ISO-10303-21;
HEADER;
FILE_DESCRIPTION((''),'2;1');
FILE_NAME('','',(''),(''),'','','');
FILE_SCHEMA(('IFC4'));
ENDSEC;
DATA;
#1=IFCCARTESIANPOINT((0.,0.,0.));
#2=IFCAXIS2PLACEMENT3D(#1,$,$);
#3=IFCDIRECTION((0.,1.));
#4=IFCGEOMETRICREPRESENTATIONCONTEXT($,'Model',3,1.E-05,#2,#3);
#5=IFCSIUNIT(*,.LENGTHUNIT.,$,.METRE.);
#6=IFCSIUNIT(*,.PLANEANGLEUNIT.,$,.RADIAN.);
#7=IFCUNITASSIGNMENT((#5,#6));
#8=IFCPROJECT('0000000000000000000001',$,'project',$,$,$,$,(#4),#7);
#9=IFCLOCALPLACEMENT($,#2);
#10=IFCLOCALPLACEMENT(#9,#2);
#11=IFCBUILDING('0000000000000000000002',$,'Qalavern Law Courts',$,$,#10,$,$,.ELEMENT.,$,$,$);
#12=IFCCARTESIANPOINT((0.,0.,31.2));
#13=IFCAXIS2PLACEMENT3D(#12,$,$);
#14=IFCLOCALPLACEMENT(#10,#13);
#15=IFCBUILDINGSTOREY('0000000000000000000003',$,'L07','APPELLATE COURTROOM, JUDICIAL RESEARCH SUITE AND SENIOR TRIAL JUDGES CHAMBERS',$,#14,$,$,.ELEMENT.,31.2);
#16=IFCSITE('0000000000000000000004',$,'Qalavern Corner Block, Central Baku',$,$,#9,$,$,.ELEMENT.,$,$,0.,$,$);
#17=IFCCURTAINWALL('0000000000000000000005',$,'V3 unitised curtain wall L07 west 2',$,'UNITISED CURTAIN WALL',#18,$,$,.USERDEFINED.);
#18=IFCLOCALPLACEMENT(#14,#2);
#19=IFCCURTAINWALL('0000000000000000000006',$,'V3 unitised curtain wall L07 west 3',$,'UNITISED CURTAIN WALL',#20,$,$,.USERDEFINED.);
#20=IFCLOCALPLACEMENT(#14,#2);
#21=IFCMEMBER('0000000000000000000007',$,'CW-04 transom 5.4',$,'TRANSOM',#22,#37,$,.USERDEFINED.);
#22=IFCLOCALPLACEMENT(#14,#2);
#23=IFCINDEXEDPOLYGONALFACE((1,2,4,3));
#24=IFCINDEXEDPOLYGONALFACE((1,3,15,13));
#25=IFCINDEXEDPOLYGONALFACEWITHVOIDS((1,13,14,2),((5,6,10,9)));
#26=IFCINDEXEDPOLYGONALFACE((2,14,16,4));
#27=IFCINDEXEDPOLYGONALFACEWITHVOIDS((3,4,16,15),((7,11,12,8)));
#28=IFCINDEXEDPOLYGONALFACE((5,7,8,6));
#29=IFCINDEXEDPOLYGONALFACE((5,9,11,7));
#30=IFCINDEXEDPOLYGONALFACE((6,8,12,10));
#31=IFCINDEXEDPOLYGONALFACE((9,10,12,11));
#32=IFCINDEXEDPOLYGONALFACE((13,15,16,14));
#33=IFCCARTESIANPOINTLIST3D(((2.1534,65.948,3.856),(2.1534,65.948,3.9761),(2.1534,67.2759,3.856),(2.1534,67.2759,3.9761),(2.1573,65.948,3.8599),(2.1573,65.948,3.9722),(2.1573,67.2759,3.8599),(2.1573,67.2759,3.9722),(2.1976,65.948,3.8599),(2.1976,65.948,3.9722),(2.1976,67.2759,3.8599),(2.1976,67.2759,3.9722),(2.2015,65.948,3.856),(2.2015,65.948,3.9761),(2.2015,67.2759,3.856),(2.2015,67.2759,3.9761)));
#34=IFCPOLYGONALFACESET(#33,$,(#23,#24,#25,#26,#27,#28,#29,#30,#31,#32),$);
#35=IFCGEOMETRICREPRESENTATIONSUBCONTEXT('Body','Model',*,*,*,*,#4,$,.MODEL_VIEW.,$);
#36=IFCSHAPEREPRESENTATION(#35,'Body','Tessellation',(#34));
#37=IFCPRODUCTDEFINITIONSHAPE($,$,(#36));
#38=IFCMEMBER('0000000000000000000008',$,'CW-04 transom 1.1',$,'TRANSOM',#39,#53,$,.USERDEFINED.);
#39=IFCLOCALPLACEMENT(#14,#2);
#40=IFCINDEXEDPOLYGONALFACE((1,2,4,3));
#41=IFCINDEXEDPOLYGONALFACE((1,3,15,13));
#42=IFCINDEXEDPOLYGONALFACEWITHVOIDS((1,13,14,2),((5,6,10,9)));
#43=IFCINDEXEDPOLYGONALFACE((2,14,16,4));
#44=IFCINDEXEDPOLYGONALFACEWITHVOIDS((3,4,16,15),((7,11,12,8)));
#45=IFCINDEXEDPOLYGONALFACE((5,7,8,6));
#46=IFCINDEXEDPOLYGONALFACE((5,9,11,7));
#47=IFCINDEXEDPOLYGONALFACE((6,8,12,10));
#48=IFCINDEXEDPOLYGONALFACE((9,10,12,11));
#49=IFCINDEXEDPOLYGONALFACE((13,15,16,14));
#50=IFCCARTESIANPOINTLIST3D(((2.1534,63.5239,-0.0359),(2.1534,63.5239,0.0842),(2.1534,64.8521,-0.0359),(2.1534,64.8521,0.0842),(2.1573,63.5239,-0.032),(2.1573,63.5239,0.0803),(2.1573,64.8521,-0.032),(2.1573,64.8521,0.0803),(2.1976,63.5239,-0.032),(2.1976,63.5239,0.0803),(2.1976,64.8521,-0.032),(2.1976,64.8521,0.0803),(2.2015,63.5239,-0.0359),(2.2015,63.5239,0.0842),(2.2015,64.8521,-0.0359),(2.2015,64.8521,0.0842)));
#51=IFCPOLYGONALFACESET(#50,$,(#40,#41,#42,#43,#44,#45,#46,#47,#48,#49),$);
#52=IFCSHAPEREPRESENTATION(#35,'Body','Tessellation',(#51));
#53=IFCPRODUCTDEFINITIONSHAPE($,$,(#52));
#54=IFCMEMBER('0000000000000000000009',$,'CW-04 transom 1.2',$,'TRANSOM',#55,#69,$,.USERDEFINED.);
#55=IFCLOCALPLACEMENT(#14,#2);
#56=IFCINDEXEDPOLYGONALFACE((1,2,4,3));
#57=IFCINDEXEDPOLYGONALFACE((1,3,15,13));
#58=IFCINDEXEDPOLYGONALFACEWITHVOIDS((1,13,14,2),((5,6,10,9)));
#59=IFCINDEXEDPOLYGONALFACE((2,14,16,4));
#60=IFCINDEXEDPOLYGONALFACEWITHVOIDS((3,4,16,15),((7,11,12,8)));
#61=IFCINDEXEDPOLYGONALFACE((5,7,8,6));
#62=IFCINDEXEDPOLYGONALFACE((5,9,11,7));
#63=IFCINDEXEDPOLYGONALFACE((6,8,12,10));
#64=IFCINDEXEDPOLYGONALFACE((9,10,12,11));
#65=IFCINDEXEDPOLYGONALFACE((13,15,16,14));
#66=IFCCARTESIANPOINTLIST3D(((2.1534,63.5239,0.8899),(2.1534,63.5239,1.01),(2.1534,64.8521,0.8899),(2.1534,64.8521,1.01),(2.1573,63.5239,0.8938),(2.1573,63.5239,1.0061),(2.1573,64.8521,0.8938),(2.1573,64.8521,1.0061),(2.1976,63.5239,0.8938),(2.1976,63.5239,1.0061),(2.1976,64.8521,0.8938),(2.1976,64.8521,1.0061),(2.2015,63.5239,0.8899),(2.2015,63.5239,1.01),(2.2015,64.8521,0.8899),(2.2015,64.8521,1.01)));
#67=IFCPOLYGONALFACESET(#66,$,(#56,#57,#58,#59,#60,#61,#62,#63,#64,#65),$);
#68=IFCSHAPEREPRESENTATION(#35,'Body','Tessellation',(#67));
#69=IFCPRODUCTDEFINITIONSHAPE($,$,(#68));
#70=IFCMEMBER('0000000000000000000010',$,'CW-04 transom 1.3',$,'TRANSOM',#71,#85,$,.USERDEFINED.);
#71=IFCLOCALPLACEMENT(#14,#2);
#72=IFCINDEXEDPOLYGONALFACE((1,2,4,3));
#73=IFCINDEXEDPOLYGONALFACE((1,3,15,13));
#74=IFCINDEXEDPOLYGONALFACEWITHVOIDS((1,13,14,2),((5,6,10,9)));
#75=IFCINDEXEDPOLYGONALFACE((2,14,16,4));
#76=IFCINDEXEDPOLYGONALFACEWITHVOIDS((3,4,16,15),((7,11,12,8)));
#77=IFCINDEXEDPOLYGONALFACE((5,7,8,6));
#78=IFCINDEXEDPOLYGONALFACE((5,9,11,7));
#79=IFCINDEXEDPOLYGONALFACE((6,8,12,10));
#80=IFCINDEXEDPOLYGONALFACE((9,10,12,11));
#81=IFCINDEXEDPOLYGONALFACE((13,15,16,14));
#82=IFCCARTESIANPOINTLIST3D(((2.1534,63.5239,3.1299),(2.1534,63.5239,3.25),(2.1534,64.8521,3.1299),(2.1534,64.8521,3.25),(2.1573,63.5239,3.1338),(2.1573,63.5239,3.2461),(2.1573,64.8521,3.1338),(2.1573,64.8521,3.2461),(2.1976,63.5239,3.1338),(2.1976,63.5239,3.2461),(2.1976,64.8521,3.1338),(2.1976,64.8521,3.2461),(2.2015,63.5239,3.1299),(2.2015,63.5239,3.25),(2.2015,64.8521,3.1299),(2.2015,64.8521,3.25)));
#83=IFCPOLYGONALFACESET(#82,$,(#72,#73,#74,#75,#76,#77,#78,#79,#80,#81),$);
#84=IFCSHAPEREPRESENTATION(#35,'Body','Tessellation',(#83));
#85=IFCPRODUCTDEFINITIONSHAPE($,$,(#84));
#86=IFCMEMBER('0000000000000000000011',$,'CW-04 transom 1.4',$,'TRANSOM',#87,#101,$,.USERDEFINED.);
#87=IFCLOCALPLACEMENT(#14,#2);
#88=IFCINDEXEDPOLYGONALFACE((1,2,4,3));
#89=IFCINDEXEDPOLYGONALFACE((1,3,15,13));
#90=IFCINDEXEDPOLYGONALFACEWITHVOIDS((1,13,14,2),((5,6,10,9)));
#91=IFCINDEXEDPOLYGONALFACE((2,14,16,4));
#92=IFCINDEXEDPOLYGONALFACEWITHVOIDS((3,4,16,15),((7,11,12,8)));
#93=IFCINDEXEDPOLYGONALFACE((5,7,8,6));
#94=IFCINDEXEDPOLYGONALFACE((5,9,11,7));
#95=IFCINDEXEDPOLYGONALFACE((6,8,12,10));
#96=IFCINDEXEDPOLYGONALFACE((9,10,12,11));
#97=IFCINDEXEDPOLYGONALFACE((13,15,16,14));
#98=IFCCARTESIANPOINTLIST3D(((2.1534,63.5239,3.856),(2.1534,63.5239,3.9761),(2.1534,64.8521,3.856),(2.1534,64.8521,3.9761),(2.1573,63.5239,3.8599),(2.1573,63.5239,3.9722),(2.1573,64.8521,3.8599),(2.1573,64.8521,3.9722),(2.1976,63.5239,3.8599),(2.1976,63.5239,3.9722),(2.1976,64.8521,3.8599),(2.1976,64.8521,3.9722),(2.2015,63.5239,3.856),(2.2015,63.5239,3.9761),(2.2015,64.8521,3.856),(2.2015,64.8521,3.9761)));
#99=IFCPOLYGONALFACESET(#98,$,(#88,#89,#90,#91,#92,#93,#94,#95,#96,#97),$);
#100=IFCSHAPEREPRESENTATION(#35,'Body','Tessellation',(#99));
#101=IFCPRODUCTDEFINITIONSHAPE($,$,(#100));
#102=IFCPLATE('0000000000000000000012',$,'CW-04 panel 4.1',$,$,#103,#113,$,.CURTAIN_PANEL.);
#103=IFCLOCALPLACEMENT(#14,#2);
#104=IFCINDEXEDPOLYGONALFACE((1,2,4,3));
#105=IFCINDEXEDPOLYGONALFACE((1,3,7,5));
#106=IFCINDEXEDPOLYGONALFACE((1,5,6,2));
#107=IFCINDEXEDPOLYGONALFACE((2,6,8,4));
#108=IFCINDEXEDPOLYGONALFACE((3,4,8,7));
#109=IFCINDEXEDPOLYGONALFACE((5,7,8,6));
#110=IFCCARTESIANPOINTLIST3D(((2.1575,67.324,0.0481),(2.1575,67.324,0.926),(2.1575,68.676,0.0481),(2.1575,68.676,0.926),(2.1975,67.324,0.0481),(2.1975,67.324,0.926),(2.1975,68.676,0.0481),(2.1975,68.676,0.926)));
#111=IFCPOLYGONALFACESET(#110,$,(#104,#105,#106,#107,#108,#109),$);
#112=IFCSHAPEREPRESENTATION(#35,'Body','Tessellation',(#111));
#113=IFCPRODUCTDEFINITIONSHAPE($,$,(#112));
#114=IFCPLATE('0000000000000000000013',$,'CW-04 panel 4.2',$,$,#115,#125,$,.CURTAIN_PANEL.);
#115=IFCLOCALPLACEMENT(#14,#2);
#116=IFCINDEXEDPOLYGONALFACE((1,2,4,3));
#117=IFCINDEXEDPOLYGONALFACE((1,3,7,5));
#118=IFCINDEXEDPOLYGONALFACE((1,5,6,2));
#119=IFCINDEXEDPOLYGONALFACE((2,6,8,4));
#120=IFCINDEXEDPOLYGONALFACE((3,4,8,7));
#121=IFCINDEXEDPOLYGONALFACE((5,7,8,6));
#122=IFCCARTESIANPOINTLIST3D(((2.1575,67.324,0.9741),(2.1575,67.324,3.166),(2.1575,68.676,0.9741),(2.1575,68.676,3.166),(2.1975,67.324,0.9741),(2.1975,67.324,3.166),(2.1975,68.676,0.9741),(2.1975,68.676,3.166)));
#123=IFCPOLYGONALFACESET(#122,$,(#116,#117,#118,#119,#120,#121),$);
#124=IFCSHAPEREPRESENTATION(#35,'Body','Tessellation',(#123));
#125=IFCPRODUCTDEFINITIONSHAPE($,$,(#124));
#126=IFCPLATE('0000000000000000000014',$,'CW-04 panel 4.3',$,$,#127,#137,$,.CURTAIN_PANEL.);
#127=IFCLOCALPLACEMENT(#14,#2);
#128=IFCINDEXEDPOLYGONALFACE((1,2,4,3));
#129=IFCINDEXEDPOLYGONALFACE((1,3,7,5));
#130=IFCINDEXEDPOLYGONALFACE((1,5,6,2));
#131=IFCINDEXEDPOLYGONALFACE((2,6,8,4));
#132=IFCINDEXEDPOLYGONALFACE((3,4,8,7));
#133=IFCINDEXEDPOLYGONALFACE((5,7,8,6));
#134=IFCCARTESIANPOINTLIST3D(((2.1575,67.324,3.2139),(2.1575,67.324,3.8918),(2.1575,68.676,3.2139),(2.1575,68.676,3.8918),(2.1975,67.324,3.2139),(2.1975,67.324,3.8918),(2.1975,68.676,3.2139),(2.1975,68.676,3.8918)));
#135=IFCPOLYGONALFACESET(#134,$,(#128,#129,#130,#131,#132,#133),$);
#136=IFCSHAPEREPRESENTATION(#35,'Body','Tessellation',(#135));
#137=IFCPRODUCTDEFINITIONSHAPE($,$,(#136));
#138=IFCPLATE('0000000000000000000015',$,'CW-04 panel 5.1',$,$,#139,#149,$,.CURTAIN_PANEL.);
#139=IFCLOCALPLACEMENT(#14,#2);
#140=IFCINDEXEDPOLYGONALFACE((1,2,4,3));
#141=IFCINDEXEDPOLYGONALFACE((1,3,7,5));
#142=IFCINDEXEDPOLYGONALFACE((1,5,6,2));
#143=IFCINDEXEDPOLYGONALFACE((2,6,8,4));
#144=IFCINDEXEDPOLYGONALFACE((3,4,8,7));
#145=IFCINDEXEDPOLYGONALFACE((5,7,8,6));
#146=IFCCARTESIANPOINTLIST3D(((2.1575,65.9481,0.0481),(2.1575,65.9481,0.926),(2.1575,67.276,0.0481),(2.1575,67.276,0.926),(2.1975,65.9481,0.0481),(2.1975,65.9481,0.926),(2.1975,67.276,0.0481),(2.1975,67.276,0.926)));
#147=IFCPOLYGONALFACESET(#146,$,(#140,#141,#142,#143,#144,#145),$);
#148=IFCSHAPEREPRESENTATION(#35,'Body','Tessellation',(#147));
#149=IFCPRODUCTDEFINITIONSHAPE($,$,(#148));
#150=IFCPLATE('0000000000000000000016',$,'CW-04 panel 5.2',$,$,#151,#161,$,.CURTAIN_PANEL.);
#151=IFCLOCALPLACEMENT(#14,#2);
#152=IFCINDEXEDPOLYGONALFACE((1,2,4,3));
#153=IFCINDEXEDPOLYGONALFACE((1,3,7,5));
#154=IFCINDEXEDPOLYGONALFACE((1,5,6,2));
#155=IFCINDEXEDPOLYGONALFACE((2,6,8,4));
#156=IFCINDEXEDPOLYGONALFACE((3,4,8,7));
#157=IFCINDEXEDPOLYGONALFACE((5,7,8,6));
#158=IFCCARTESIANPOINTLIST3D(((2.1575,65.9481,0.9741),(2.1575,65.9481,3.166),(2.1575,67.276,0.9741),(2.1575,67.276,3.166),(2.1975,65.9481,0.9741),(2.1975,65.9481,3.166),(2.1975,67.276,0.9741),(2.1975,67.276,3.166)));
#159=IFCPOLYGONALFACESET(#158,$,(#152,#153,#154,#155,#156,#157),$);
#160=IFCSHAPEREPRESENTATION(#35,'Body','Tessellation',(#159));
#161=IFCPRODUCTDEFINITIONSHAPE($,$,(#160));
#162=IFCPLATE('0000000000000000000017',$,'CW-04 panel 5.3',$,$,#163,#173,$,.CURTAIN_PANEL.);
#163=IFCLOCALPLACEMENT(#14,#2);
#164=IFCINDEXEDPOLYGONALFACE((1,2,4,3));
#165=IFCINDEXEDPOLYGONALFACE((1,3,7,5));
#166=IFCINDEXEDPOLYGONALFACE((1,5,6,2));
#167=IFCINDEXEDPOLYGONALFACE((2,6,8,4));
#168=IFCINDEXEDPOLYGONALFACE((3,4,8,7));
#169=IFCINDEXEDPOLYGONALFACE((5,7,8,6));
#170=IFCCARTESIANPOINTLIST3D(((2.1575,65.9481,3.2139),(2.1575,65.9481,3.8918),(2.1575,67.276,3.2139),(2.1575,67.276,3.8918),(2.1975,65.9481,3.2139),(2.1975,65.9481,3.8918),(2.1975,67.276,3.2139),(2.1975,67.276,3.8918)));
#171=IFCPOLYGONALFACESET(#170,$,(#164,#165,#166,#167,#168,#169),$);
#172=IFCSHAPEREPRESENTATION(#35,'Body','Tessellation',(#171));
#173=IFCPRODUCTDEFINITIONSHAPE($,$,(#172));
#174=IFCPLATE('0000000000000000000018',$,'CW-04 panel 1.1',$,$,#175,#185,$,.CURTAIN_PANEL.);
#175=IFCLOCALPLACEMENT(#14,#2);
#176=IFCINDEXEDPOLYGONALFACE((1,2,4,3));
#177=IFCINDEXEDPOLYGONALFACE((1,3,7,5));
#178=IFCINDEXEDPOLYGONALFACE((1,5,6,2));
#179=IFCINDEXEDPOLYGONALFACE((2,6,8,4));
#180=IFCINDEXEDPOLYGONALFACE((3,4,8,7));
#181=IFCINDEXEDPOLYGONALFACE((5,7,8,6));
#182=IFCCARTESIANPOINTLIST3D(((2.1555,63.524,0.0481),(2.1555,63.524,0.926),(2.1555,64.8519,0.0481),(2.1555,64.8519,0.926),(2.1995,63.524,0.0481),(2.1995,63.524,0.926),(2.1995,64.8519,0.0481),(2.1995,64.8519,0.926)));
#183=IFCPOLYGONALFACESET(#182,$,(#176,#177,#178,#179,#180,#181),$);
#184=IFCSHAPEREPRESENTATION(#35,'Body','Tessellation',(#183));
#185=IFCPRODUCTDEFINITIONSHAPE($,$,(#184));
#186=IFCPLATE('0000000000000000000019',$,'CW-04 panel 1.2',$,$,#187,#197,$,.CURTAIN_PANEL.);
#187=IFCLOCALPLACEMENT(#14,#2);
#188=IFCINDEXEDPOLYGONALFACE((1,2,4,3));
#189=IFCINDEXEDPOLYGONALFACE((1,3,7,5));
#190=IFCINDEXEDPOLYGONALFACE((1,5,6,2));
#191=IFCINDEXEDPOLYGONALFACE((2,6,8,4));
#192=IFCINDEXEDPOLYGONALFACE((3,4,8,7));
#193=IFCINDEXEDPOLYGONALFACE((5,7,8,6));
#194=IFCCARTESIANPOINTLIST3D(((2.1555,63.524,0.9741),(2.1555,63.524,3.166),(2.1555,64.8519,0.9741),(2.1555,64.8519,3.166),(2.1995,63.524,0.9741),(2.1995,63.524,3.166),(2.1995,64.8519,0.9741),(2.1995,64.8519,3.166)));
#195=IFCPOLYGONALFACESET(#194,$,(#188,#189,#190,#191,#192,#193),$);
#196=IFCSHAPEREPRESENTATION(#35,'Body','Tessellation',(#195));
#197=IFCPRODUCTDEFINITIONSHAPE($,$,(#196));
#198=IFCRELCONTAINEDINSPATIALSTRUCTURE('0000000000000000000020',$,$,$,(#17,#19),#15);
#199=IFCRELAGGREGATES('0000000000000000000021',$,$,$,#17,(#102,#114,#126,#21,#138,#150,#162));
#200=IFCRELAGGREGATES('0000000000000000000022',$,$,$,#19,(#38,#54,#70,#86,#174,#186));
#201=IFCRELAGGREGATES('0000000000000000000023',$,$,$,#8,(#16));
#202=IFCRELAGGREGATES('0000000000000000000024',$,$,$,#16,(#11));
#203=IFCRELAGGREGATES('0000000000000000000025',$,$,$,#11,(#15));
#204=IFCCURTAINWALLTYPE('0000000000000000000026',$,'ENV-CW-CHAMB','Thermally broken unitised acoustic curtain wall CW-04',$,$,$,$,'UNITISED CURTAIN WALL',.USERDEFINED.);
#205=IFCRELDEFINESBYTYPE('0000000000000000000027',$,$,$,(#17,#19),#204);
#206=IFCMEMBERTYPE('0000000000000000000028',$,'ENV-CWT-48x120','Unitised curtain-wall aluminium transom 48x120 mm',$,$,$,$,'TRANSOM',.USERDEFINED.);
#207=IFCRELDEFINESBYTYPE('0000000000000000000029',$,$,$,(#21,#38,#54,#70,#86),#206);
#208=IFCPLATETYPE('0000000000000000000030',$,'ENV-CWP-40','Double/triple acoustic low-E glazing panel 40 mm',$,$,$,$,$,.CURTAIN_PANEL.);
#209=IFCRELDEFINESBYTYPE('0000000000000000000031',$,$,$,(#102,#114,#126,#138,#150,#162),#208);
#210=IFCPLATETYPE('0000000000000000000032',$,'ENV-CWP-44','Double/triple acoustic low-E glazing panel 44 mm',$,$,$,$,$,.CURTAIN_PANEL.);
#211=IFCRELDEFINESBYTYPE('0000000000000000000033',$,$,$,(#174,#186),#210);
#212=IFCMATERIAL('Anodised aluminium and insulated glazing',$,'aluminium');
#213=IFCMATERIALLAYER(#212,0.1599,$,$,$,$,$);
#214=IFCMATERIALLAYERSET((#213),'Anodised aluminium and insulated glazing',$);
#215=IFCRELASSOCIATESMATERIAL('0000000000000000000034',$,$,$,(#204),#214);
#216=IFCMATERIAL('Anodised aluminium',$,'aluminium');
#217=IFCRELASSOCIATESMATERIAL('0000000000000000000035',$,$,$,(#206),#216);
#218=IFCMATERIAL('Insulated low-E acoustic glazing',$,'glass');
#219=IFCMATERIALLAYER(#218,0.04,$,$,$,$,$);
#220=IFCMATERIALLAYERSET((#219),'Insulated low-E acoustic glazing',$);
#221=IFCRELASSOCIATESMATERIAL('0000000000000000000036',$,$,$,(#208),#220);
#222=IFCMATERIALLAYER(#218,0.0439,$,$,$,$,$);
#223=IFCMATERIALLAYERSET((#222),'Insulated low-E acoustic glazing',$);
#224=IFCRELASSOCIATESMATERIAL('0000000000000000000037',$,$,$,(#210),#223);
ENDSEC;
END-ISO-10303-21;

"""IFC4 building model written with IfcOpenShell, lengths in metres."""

from ifc_helpers import new_model, si_unit, direction, frame, origin, origin_2d, place, context, subcontext, project, spatial, rectangle, hollow_rectangle, extrude, material, layer, layer_set, material_profile, profile_set, type_object, element, aggregate, save


model = new_model("IFC4")

# Units and contexts
model_context = context("Model", 3, precision=1e-05, world=origin(), true_north=direction((0.0, 1.0)))
body_context = subcontext(model_context, "Body", "Model", "MODEL_VIEW")
ifc_project = project(units=[si_unit("LENGTHUNIT", "METRE"), si_unit("PLANEANGLEUNIT", "RADIAN")], contexts=[model_context])

# Site, building, storey
site_placement = place(None, origin())
site = spatial("IfcSite", under=ifc_project, at=site_placement, Name="Qalavern Corner Block, Central Baku", CompositionType="ELEMENT", RefElevation=0.0)
building_placement = place(site_placement, origin())
building = spatial("IfcBuilding", under=site, at=building_placement, Name="Qalavern Law Courts", CompositionType="ELEMENT")
storey_placement = place(building_placement, frame((0.0, 0.0, 31.2)))
storey = spatial("IfcBuildingStorey", under=building, at=storey_placement, Name="L07", Description="APPELLATE COURTROOM, JUDICIAL RESEARCH SUITE AND SENIOR TRIAL JUDGES CHAMBERS", CompositionType="ELEMENT", Elevation=31.2)

# Curtain wall
ifc_material_1 = material(Name="Anodised aluminium and insulated glazing", Category="aluminium")
ifc_layer_1 = layer(ifc_material_1, 0.1599)
ifc_layer_set_1 = layer_set([ifc_layer_1], Name="Anodised aluminium and insulated glazing")
curtain_wall_type = type_object("IfcCurtainWallType", Name="ENV-CW-CHAMB", Description="Thermally broken unitised acoustic curtain wall CW-04", ElementType="UNITISED CURTAIN WALL", PredefinedType="USERDEFINED", material=ifc_layer_set_1)
curtain_wall_1_placement = place(storey_placement, origin())
curtain_wall_1 = element("IfcCurtainWall", 1, at=curtain_wall_1_placement, inside=storey, type_object=curtain_wall_type, Name="V3 unitised curtain wall L07 west 2", ObjectType="UNITISED CURTAIN WALL", PredefinedType="USERDEFINED")
ifc_material_2 = material(Name="Anodised aluminium", Category="aluminium")

# Curtain wall
curtain_wall_2_placement = place(storey_placement, origin())
curtain_wall_2 = element("IfcCurtainWall", 2, at=curtain_wall_2_placement, inside=storey, type_object=curtain_wall_type, Name="V3 unitised curtain wall L07 west 3", ObjectType="UNITISED CURTAIN WALL", PredefinedType="USERDEFINED")

# Members
ifc_material_profile_1 = material_profile(ifc_material_2, hollow_rectangle(XDim=0.0481, YDim=0.1201, WallThickness=0.0039, at=origin_2d()), Name="ALU TRANSOM 48x120")
ifc_profile_set_1 = profile_set([ifc_material_profile_1], Name="Anodised aluminium")
member_type_1 = type_object("IfcMemberType", Name="ENV-CWT-48x120", Description="Unitised curtain-wall aluminium transom 48x120 mm", ElementType="TRANSOM", PredefinedType="USERDEFINED", material=ifc_profile_set_1)
member_1_placement = place(storey_placement, frame((2.1775, 67.2759, 3.916), z_axis=(0.0, -1.0, 0.0), x_axis=(1.0, 0.0, 0.0)))
member_1 = element("IfcMember", 3, at=member_1_placement, type_object=member_type_1, Name="CW-04 transom 5.4", ObjectType="TRANSOM", PredefinedType="USERDEFINED", context=body_context, shape_type="SweptSolid", body=[
    extrude(hollow_rectangle(XDim=0.0481, YDim=0.1201, WallThickness=0.0039, at=origin_2d()), origin(), (0.0, 0.0, 1.0), 1.3279),
])
member_2_placement = place(storey_placement, frame((2.1775, 64.8521, 0.0242), z_axis=(0.0, -1.0, 0.0), x_axis=(1.0, 0.0, 0.0)))
member_2 = element("IfcMember", 4, at=member_2_placement, type_object=member_type_1, Name="CW-04 transom 1.1", ObjectType="TRANSOM", PredefinedType="USERDEFINED", context=body_context, shape_type="SweptSolid", body=[
    extrude(hollow_rectangle(XDim=0.0481, YDim=0.1201, WallThickness=0.0039, at=origin_2d()), origin(), (0.0, 0.0, 1.0), 1.3281),
])
member_3_placement = place(storey_placement, frame((2.1775, 64.8521, 0.95), z_axis=(0.0, -1.0, 0.0), x_axis=(1.0, 0.0, 0.0)))
member_3 = element("IfcMember", 5, at=member_3_placement, type_object=member_type_1, Name="CW-04 transom 1.2", ObjectType="TRANSOM", PredefinedType="USERDEFINED", context=body_context, shape_type="SweptSolid", body=[
    extrude(hollow_rectangle(XDim=0.0481, YDim=0.1201, WallThickness=0.0039, at=origin_2d()), origin(), (0.0, 0.0, 1.0), 1.3281),
])
member_4_placement = place(storey_placement, frame((2.1775, 64.8521, 3.1899), z_axis=(0.0, -1.0, 0.0), x_axis=(1.0, 0.0, 0.0)))
member_4 = element("IfcMember", 6, at=member_4_placement, type_object=member_type_1, Name="CW-04 transom 1.3", ObjectType="TRANSOM", PredefinedType="USERDEFINED", context=body_context, shape_type="SweptSolid", body=[
    extrude(hollow_rectangle(XDim=0.0481, YDim=0.1201, WallThickness=0.0039, at=origin_2d()), origin(), (0.0, 0.0, 1.0), 1.3281),
])
member_5_placement = place(storey_placement, frame((2.1775, 64.8521, 3.916), z_axis=(0.0, -1.0, 0.0), x_axis=(1.0, 0.0, 0.0)))
member_5 = element("IfcMember", 7, at=member_5_placement, type_object=member_type_1, Name="CW-04 transom 1.4", ObjectType="TRANSOM", PredefinedType="USERDEFINED", context=body_context, shape_type="SweptSolid", body=[
    extrude(hollow_rectangle(XDim=0.0481, YDim=0.1201, WallThickness=0.0039, at=origin_2d()), origin(), (0.0, 0.0, 1.0), 1.3281),
])

# Plates
ifc_material_3 = material(Name="Insulated low-E acoustic glazing", Category="glass")
ifc_layer_2 = layer(ifc_material_3, 0.04)
ifc_layer_set_2 = layer_set([ifc_layer_2], Name="Insulated low-E acoustic glazing")
plate_type_1 = type_object("IfcPlateType", Name="ENV-CWP-40", Description="Double/triple acoustic low-E glazing panel 40 mm", PredefinedType="CURTAIN_PANEL", material=ifc_layer_set_2)
plate_1_placement = place(storey_placement, frame((2.1775, 68.0, 0.0481), z_axis=(0.0, 0.0, 1.0), x_axis=(0.0, -1.0, 0.0)))
plate_1 = element("IfcPlate", 8, at=plate_1_placement, type_object=plate_type_1, Name="CW-04 panel 4.1", PredefinedType="CURTAIN_PANEL", context=body_context, shape_type="SweptSolid", body=[
    extrude(rectangle(XDim=1.3521, YDim=0.04, at=origin_2d()), origin(), (0.0, 0.0, 1.0), 0.8779),
])
plate_2_placement = place(storey_placement, frame((2.1775, 68.0, 0.9741), z_axis=(0.0, 0.0, 1.0), x_axis=(0.0, -1.0, 0.0)))
plate_2 = element("IfcPlate", 9, at=plate_2_placement, type_object=plate_type_1, Name="CW-04 panel 4.2", PredefinedType="CURTAIN_PANEL", context=body_context, shape_type="SweptSolid", body=[
    extrude(rectangle(XDim=1.3521, YDim=0.04, at=origin_2d()), origin(), (0.0, 0.0, 1.0), 2.1919),
])
plate_3_placement = place(storey_placement, frame((2.1775, 68.0, 3.2139), z_axis=(0.0, 0.0, 1.0), x_axis=(0.0, -1.0, 0.0)))
plate_3 = element("IfcPlate", 10, at=plate_3_placement, type_object=plate_type_1, Name="CW-04 panel 4.3", PredefinedType="CURTAIN_PANEL", context=body_context, shape_type="SweptSolid", body=[
    extrude(rectangle(XDim=1.3521, YDim=0.04, at=origin_2d()), origin(), (0.0, 0.0, 1.0), 0.678),
])
plate_4_placement = place(storey_placement, frame((2.1775, 66.6121, 0.0481), z_axis=(0.0, 0.0, 1.0), x_axis=(0.0, -1.0, 0.0)))
plate_4 = element("IfcPlate", 11, at=plate_4_placement, type_object=plate_type_1, Name="CW-04 panel 5.1", PredefinedType="CURTAIN_PANEL", context=body_context, shape_type="SweptSolid", body=[
    extrude(rectangle(XDim=1.3279, YDim=0.04, at=origin_2d()), origin(), (0.0, 0.0, 1.0), 0.8779),
])
plate_5_placement = place(storey_placement, frame((2.1775, 66.6121, 0.9741), z_axis=(0.0, 0.0, 1.0), x_axis=(0.0, -1.0, 0.0)))
plate_5 = element("IfcPlate", 12, at=plate_5_placement, type_object=plate_type_1, Name="CW-04 panel 5.2", PredefinedType="CURTAIN_PANEL", context=body_context, shape_type="SweptSolid", body=[
    extrude(rectangle(XDim=1.3279, YDim=0.04, at=origin_2d()), origin(), (0.0, 0.0, 1.0), 2.1919),
])
plate_6_placement = place(storey_placement, frame((2.1775, 66.6121, 3.2139), z_axis=(0.0, 0.0, 1.0), x_axis=(0.0, -1.0, 0.0)))
plate_6 = element("IfcPlate", 13, at=plate_6_placement, type_object=plate_type_1, Name="CW-04 panel 5.3", PredefinedType="CURTAIN_PANEL", context=body_context, shape_type="SweptSolid", body=[
    extrude(rectangle(XDim=1.3279, YDim=0.04, at=origin_2d()), origin(), (0.0, 0.0, 1.0), 0.678),
])
aggregate(curtain_wall_1, [plate_1, plate_2, plate_3, member_1, plate_4, plate_5, plate_6])
ifc_layer_3 = layer(ifc_material_3, 0.0439)
ifc_layer_set_3 = layer_set([ifc_layer_3], Name="Insulated low-E acoustic glazing")
plate_type_2 = type_object("IfcPlateType", Name="ENV-CWP-44", Description="Double/triple acoustic low-E glazing panel 44 mm", PredefinedType="CURTAIN_PANEL", material=ifc_layer_set_3)
plate_7_placement = place(storey_placement, frame((2.1775, 64.188, 0.0481), z_axis=(0.0, 0.0, 1.0), x_axis=(0.0, -1.0, 0.0)))
plate_7 = element("IfcPlate", 14, at=plate_7_placement, type_object=plate_type_2, Name="CW-04 panel 1.1", PredefinedType="CURTAIN_PANEL", context=body_context, shape_type="SweptSolid", body=[
    extrude(rectangle(XDim=1.3279, YDim=0.0439, at=origin_2d()), origin(), (0.0, 0.0, 1.0), 0.8779),
])
plate_8_placement = place(storey_placement, frame((2.1775, 64.188, 0.9741), z_axis=(0.0, 0.0, 1.0), x_axis=(0.0, -1.0, 0.0)))
plate_8 = element("IfcPlate", 15, at=plate_8_placement, type_object=plate_type_2, Name="CW-04 panel 1.2", PredefinedType="CURTAIN_PANEL", context=body_context, shape_type="SweptSolid", body=[
    extrude(rectangle(XDim=1.3279, YDim=0.0439, at=origin_2d()), origin(), (0.0, 0.0, 1.0), 2.1919),
])
aggregate(curtain_wall_2, [member_2, member_3, member_4, member_5, plate_7, plate_8])

save(model, "model.ifc")
